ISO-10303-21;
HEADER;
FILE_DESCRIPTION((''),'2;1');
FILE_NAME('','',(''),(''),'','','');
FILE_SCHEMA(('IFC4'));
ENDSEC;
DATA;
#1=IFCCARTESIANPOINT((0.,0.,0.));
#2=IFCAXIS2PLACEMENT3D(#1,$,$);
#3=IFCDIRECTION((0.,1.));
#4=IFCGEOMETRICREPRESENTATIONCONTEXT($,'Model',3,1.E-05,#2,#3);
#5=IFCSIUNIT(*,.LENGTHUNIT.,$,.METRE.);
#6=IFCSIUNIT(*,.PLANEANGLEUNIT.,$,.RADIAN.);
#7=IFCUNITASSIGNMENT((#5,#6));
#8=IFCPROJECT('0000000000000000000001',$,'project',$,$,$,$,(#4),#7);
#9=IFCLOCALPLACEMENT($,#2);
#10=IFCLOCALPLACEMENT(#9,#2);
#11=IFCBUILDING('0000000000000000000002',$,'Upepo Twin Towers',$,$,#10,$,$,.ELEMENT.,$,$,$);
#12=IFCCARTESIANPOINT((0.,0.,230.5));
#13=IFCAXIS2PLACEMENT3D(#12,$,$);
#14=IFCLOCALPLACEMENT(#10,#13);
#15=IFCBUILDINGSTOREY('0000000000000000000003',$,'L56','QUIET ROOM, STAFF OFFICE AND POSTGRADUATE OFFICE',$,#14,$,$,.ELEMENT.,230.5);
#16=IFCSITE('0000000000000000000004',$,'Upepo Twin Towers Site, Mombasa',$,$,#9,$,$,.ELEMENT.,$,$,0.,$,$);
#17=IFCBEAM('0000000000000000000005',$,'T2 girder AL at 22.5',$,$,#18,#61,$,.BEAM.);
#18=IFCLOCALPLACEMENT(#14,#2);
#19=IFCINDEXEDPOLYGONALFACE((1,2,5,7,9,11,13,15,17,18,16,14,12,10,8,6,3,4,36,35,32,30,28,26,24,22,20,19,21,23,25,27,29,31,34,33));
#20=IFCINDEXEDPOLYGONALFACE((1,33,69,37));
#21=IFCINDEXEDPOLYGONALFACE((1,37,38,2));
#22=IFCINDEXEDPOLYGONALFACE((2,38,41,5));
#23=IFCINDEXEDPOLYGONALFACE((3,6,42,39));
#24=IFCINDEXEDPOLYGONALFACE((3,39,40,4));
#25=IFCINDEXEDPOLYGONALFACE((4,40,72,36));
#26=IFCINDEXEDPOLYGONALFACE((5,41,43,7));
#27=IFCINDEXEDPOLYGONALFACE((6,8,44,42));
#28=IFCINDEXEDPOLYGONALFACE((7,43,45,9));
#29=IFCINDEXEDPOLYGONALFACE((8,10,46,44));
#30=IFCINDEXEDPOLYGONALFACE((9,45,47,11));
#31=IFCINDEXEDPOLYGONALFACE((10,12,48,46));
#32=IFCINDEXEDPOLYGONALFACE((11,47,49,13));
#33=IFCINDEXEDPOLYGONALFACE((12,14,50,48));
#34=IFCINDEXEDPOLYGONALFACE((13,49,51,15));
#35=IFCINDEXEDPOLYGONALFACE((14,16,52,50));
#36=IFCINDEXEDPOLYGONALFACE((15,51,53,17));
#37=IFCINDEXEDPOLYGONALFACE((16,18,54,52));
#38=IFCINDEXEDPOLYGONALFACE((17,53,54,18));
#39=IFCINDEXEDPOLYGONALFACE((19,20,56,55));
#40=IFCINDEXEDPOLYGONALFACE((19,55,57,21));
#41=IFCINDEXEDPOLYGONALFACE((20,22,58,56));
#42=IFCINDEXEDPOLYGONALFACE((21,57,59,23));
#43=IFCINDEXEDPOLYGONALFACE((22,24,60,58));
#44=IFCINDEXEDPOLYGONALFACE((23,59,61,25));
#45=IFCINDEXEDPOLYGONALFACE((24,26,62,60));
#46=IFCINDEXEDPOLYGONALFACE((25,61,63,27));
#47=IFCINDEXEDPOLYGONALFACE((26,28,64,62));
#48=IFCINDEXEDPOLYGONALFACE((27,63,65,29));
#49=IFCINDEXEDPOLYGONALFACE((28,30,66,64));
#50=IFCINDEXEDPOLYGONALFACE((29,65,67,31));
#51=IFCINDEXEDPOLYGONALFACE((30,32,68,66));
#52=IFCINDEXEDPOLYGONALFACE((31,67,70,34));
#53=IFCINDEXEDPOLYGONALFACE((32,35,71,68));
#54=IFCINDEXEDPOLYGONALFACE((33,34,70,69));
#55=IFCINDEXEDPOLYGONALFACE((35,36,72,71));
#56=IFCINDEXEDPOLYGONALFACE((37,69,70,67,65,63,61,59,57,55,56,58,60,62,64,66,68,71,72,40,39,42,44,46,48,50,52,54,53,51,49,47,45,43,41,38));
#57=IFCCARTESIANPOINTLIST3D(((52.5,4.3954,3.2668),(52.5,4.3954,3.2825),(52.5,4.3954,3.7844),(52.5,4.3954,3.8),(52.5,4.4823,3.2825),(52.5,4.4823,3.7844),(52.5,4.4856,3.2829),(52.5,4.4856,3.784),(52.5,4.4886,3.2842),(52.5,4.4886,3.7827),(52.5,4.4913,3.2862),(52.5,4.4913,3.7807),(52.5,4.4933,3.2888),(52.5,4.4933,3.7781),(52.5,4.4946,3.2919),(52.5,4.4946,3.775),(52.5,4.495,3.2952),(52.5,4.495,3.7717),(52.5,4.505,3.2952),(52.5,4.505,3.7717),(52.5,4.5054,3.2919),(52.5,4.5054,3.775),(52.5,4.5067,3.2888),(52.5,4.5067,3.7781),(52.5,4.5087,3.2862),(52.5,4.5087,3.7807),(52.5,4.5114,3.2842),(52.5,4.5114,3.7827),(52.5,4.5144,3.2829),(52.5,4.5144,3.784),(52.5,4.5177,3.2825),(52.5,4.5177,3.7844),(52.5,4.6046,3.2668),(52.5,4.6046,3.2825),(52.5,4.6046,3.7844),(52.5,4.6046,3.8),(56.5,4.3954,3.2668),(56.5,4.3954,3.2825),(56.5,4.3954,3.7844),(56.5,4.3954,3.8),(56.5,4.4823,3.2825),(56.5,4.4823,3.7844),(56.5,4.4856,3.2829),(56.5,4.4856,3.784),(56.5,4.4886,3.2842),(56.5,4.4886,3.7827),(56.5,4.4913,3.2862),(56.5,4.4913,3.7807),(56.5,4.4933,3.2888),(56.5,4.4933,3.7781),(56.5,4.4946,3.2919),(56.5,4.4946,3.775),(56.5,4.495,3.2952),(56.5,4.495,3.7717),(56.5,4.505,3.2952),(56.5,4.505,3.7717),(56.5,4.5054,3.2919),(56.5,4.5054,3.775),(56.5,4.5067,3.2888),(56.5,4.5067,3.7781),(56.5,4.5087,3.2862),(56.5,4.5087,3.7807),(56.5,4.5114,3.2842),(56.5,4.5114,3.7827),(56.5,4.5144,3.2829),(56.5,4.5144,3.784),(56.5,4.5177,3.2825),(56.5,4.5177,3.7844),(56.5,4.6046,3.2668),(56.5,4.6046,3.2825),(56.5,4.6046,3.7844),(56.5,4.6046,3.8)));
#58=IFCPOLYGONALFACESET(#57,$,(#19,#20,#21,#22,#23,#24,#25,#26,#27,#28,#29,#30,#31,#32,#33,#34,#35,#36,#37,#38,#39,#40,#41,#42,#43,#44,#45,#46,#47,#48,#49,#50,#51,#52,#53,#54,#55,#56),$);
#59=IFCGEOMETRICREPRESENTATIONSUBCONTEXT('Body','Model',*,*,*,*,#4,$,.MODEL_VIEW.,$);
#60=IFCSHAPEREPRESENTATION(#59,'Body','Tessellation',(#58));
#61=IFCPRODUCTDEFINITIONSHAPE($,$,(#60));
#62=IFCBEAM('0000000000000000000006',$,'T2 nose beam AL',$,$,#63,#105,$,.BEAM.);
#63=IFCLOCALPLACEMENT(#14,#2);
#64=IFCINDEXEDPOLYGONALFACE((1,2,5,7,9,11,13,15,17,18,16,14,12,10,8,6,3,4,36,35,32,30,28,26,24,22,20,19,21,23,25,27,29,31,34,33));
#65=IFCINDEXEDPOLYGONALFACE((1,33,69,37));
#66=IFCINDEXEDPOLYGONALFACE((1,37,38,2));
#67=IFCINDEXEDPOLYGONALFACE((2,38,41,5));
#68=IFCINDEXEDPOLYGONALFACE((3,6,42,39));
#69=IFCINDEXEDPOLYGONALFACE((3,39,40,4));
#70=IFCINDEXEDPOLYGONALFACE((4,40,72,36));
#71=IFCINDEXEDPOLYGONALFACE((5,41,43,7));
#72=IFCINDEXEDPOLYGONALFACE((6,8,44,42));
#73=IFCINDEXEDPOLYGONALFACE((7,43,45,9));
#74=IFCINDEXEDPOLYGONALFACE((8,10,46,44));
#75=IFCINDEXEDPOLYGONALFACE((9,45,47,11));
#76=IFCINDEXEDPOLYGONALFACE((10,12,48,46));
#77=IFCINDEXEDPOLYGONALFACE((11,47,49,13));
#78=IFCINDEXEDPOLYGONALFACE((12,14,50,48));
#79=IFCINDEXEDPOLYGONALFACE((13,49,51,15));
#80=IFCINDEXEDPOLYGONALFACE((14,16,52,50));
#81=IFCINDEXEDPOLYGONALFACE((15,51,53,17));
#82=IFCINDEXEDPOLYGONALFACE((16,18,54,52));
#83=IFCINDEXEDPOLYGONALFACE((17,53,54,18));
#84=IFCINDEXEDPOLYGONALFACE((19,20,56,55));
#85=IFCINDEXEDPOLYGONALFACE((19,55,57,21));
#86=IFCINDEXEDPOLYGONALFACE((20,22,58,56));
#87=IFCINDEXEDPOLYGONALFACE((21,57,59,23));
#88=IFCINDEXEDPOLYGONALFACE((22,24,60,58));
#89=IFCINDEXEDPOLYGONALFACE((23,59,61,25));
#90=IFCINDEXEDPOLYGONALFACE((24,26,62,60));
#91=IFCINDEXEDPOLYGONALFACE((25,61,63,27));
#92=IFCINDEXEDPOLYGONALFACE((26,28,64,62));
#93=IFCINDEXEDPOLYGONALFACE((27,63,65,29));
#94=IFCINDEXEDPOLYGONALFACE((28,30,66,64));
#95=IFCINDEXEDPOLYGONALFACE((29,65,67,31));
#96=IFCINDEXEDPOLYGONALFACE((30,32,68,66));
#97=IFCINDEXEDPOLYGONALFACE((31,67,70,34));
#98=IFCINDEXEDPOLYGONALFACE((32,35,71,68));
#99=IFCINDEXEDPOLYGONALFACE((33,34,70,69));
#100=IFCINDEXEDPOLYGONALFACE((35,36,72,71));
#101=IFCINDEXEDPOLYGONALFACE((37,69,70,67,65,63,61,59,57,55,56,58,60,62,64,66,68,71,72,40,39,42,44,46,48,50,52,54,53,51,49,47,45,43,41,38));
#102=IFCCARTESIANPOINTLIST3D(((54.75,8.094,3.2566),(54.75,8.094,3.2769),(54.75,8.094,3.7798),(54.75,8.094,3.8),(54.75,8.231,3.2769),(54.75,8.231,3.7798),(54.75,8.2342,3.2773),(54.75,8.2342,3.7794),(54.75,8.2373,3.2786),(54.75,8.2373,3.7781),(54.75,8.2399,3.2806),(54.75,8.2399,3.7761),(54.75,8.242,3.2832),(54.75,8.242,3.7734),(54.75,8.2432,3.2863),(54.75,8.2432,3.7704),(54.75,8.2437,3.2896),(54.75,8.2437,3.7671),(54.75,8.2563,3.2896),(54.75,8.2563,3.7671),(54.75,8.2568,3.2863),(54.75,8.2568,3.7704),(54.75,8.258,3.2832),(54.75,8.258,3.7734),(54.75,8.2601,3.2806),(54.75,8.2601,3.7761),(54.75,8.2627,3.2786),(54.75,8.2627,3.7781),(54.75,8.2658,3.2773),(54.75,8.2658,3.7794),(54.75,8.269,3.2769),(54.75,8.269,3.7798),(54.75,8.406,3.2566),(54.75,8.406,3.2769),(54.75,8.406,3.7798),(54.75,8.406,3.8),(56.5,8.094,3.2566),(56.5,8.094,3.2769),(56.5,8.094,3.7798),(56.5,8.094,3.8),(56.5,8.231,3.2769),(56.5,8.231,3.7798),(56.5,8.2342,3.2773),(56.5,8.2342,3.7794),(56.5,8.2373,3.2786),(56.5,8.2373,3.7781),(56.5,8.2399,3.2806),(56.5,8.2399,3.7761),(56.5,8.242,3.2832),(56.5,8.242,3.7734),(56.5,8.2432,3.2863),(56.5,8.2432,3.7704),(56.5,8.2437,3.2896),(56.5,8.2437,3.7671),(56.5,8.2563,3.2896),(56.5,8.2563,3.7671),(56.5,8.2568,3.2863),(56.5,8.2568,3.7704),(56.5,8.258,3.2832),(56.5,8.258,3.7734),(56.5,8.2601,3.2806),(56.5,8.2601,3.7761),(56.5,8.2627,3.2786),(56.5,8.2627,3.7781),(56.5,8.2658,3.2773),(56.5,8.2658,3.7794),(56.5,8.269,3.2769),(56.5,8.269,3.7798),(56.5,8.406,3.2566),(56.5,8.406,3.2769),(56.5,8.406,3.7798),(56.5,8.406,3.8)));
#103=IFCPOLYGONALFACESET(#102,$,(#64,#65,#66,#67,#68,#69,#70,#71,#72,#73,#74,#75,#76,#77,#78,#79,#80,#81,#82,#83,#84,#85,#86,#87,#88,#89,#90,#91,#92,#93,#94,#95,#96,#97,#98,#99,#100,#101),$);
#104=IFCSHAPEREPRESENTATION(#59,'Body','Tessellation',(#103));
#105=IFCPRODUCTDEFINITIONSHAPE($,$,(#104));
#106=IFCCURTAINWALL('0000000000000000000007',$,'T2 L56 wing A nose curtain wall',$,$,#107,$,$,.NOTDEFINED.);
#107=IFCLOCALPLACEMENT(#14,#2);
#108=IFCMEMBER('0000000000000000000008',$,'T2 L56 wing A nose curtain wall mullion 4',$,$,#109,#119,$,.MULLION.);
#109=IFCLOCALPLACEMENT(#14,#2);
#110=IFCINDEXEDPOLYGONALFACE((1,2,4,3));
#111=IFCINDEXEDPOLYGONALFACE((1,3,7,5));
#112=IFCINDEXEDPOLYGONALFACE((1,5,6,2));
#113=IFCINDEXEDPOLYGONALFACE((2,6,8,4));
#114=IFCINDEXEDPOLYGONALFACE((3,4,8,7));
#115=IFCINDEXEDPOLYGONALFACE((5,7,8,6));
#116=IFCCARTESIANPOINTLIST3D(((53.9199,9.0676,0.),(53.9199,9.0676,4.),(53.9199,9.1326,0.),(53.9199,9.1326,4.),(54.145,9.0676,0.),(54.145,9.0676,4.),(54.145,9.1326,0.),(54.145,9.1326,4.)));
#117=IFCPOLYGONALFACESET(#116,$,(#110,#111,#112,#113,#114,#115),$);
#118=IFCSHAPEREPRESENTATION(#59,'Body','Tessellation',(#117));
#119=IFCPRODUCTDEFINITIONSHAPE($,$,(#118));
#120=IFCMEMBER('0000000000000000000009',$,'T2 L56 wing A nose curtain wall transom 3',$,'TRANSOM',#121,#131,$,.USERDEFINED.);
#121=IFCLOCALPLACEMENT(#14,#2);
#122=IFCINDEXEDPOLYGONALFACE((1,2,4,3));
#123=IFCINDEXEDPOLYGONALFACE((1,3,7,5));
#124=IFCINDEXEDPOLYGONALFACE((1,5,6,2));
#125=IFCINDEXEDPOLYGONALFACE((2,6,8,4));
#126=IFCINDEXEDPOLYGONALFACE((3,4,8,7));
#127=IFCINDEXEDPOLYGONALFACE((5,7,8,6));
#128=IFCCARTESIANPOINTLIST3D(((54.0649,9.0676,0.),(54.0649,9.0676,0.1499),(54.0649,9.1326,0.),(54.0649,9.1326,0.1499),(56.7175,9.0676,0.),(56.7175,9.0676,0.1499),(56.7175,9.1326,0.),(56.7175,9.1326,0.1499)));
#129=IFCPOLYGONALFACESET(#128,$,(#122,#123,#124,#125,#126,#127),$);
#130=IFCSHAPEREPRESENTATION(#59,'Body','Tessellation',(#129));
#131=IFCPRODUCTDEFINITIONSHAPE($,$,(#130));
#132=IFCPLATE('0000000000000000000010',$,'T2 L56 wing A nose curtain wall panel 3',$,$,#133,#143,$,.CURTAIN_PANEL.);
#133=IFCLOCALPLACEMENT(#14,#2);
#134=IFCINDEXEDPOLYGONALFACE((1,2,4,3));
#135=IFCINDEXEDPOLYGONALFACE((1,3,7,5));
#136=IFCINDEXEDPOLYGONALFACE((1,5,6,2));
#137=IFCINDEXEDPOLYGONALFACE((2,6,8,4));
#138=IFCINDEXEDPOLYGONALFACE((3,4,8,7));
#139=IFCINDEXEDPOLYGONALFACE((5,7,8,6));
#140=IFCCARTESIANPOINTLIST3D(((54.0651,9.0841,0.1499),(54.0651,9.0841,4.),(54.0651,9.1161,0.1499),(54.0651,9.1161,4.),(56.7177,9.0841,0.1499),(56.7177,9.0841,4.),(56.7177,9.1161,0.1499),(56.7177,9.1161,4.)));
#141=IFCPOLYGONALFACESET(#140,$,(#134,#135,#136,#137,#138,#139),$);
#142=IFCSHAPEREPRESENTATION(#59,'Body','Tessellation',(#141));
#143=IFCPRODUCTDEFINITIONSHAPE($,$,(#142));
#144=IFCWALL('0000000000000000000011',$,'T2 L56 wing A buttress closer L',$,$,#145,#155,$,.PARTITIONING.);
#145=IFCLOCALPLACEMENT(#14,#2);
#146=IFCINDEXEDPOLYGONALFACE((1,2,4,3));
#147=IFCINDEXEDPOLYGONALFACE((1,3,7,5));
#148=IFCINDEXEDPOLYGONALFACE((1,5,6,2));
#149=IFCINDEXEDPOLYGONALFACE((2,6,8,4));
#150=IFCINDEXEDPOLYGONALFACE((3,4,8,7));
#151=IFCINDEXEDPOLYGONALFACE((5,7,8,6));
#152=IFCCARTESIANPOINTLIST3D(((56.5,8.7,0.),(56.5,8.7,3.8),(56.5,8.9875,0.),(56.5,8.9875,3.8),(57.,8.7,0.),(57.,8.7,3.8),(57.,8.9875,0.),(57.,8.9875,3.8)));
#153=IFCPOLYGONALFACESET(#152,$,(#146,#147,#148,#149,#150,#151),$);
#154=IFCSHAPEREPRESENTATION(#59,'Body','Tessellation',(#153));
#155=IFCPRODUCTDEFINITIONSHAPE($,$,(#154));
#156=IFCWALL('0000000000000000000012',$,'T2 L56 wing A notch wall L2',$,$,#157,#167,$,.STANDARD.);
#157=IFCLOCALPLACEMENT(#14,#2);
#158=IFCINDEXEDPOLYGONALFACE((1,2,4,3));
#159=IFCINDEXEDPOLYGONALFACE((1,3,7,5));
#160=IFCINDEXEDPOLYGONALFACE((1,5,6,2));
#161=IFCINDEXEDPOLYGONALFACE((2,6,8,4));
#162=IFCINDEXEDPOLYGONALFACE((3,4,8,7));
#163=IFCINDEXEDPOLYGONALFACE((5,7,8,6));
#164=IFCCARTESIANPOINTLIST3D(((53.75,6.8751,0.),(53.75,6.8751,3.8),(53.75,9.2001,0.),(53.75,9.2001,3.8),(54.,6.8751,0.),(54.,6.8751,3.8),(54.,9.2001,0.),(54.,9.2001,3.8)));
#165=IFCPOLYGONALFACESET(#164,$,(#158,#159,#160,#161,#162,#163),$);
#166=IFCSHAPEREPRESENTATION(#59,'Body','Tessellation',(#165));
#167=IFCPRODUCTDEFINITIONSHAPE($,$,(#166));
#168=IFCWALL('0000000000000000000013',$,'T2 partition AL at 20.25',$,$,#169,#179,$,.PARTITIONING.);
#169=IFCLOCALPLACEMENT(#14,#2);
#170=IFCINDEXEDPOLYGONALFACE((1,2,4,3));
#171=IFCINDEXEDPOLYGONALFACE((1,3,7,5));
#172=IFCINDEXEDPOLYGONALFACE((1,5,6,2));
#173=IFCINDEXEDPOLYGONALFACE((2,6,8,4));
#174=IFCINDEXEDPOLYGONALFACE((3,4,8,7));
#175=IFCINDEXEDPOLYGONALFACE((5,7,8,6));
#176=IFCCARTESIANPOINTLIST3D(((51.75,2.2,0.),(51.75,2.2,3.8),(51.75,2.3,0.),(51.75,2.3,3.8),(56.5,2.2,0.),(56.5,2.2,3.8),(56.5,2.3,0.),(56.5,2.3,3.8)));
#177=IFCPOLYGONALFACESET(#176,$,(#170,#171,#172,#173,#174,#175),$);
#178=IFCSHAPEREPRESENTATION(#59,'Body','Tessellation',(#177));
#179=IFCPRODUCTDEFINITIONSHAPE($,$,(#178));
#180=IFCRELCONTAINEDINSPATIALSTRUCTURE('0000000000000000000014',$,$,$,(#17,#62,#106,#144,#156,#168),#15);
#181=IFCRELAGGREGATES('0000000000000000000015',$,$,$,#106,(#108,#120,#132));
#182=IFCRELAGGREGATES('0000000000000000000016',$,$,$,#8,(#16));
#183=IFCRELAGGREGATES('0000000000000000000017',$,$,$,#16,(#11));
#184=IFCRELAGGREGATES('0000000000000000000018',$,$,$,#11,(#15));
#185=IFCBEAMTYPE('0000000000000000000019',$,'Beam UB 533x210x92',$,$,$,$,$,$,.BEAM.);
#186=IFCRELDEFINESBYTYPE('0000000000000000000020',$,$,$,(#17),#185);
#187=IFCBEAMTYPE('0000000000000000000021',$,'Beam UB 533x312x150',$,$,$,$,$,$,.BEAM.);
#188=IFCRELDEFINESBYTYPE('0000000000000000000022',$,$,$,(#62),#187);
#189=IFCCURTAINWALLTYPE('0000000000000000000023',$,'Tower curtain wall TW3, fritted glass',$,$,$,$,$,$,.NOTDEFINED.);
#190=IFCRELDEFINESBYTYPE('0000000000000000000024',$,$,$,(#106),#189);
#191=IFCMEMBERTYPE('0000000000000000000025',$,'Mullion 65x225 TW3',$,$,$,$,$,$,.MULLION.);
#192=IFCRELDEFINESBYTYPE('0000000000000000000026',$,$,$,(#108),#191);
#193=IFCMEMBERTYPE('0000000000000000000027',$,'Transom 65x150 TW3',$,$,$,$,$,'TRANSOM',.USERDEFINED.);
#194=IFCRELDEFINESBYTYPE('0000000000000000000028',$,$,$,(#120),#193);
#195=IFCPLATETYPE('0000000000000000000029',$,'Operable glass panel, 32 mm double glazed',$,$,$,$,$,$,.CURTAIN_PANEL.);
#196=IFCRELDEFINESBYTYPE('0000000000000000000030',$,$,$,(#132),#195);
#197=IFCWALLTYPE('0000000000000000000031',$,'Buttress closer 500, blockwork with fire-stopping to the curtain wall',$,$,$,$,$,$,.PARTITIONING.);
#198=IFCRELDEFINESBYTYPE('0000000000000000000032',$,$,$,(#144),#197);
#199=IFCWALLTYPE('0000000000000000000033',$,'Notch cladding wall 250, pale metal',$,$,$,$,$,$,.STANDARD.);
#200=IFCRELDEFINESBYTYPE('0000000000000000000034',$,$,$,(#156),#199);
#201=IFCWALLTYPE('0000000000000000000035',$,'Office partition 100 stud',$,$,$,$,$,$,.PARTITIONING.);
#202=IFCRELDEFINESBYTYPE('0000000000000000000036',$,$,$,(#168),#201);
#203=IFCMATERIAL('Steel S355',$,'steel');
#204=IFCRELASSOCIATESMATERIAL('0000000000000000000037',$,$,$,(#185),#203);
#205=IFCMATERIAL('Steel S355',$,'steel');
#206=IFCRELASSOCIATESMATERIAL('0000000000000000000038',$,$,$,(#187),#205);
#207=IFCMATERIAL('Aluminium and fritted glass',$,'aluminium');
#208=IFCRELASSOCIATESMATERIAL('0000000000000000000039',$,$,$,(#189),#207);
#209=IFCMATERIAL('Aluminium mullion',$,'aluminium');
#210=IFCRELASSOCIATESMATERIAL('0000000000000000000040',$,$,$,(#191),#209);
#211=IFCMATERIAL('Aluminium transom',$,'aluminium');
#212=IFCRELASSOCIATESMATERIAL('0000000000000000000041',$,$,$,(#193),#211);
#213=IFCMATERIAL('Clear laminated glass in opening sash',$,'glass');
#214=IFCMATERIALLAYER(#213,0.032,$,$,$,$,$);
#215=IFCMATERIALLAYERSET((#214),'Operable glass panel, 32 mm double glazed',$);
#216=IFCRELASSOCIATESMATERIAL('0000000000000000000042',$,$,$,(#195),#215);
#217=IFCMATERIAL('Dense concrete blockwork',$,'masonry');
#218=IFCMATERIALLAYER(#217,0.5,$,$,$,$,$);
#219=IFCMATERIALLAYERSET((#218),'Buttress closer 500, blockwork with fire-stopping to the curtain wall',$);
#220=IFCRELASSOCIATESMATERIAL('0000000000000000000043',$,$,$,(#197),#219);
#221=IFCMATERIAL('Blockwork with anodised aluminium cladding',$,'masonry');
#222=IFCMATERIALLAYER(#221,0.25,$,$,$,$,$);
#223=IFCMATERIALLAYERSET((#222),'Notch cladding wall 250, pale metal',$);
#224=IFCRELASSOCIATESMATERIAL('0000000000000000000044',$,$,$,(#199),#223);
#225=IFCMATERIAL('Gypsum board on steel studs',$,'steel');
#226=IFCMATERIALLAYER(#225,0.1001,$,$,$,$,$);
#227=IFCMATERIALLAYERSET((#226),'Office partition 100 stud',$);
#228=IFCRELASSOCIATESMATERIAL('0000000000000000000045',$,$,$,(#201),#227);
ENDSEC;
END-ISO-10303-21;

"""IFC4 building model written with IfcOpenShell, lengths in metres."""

from ifc_helpers import new_model, si_unit, direction, frame, frame_2d, origin, origin_2d, place, context, subcontext, project, spatial, rectangle, i_section, extrude, material, layer, layer_set, material_profile, profile_set, type_object, element, aggregate, save


model = new_model("IFC4")

# Units and contexts
model_context = context("Model", 3, precision=1e-05, world=origin(), true_north=direction((0.0, 1.0)))
body_context = subcontext(model_context, "Body", "Model", "MODEL_VIEW")
ifc_project = project(units=[si_unit("LENGTHUNIT", "METRE"), si_unit("PLANEANGLEUNIT", "RADIAN")], contexts=[model_context])

# Site, building, storey
site_placement = place(None, origin())
site = spatial("IfcSite", under=ifc_project, at=site_placement, Name="Upepo Twin Towers Site, Mombasa", CompositionType="ELEMENT", RefElevation=0.0)
building_placement = place(site_placement, origin())
building = spatial("IfcBuilding", under=site, at=building_placement, Name="Upepo Twin Towers", CompositionType="ELEMENT")
storey_placement = place(building_placement, frame((0.0, 0.0, 230.5)))
storey = spatial("IfcBuildingStorey", under=building, at=storey_placement, Name="L56", Description="QUIET ROOM, STAFF OFFICE AND POSTGRADUATE OFFICE", CompositionType="ELEMENT", Elevation=230.5)

# Beams
ifc_material_1 = material(Name="Steel S355", Category="steel")
ifc_material_profile_1 = material_profile(ifc_material_1, i_section(OverallWidth=0.2092, OverallDepth=0.5332, WebThickness=0.01, FlangeThickness=0.0156, FilletRadius=0.0127, at=origin_2d()), Name="UB 533x210x92")
ifc_profile_set_1 = profile_set([ifc_material_profile_1], Name="Steel S355")
beam_type_1 = type_object("IfcBeamType", Name="Beam UB 533x210x92", PredefinedType="BEAM", material=ifc_profile_set_1)
for number, where, z_axis, x_axis, name in (
    (1, (52.5, 4.5, 3.5334), (1.0, 0.0, 0.0), (0.0, 1.0, 0.0), "T2 girder AL at 22.5"),
):
    element("IfcBeam", number, at=place(storey_placement, frame(where, z_axis=z_axis, x_axis=x_axis)), inside=storey, type_object=beam_type_1, Name=name, PredefinedType="BEAM", context=body_context, shape_type="SweptSolid", body=[
        extrude(i_section(OverallWidth=0.2092, OverallDepth=0.5332, WebThickness=0.01, FlangeThickness=0.0156, FilletRadius=0.0127, at=origin_2d()), origin(), (0.0, 0.0, 1.0), 4.0),
    ])
ifc_material_2 = material(Name="Steel S355", Category="steel")
ifc_material_profile_2 = material_profile(ifc_material_2, i_section(OverallWidth=0.312, OverallDepth=0.5435, WebThickness=0.0127, FlangeThickness=0.0203, FilletRadius=0.0127, at=origin_2d()), Name="UB 533x312x150")
ifc_profile_set_2 = profile_set([ifc_material_profile_2], Name="Steel S355")
beam_type_2 = type_object("IfcBeamType", Name="Beam UB 533x312x150", PredefinedType="BEAM", material=ifc_profile_set_2)
beam_1_placement = place(storey_placement, frame((54.75, 8.25, 3.5283), z_axis=(1.0, 0.0, 0.0), x_axis=(0.0, 1.0, 0.0)))
element("IfcBeam", 2, at=beam_1_placement, inside=storey, type_object=beam_type_2, Name="T2 nose beam AL", PredefinedType="BEAM", context=body_context, shape_type="SweptSolid", body=[
    extrude(i_section(OverallWidth=0.312, OverallDepth=0.5435, WebThickness=0.0127, FlangeThickness=0.0203, FilletRadius=0.0127, at=origin_2d()), origin(), (0.0, 0.0, 1.0), 1.75),
])

# Curtain wall, members, plate
ifc_material_3 = material(Name="Aluminium and fritted glass", Category="aluminium")
curtain_wall_type = type_object("IfcCurtainWallType", Name="Tower curtain wall TW3, fritted glass", PredefinedType="NOTDEFINED", material=ifc_material_3)
curtain_wall_placement = place(storey_placement, origin())
curtain_wall = element("IfcCurtainWall", 3, at=curtain_wall_placement, inside=storey, type_object=curtain_wall_type, Name="T2 L56 wing A nose curtain wall", PredefinedType="NOTDEFINED")
ifc_material_4 = material(Name="Aluminium mullion", Category="aluminium")
ifc_material_profile_3 = material_profile(ifc_material_4, rectangle(XDim=0.0649, YDim=0.2251, at=origin_2d()), Name="MULLION 65x225")
ifc_profile_set_3 = profile_set([ifc_material_profile_3], Name="Aluminium mullion")
member_type_1 = type_object("IfcMemberType", Name="Mullion 65x225 TW3", PredefinedType="MULLION", material=ifc_profile_set_3)
member_1_placement = place(storey_placement, frame((54.0325, 9.1001, 0.0), z_axis=(0.0, 0.0, 1.0), x_axis=(0.0, -1.0, 0.0)))
member_1 = element("IfcMember", 4, at=member_1_placement, type_object=member_type_1, Name="T2 L56 wing A nose curtain wall mullion 4", PredefinedType="MULLION", context=body_context, shape_type="SweptSolid", body=[
    extrude(rectangle(XDim=0.0649, YDim=0.2251, at=origin_2d()), origin(), (0.0, 0.0, 1.0), 4.0),
])
ifc_material_5 = material(Name="Aluminium transom", Category="aluminium")
ifc_material_profile_4 = material_profile(ifc_material_5, rectangle(XDim=0.0649, YDim=0.1499, at=origin_2d()), Name="TRANSOM 65x150")
ifc_profile_set_4 = profile_set([ifc_material_profile_4], Name="Aluminium transom")
member_type_2 = type_object("IfcMemberType", Name="Transom 65x150 TW3", ElementType="TRANSOM", PredefinedType="USERDEFINED", material=ifc_profile_set_4)
member_2_placement = place(storey_placement, frame((56.7175, 9.1001, 0.075), z_axis=(-1.0, 0.0, 0.0), x_axis=(0.0, -1.0, 0.0)))
member_2 = element("IfcMember", 5, at=member_2_placement, type_object=member_type_2, Name="T2 L56 wing A nose curtain wall transom 3", ObjectType="TRANSOM", PredefinedType="USERDEFINED", context=body_context, shape_type="SweptSolid", body=[
    extrude(rectangle(XDim=0.0649, YDim=0.1499, at=origin_2d()), origin(), (0.0, 0.0, 1.0), 2.6526),
])
ifc_material_6 = material(Name="Clear laminated glass in opening sash", Category="glass")
ifc_layer_1 = layer(ifc_material_6, 0.032)
ifc_layer_set_1 = layer_set([ifc_layer_1], Name="Operable glass panel, 32 mm double glazed")
plate_type = type_object("IfcPlateType", Name="Operable glass panel, 32 mm double glazed", PredefinedType="CURTAIN_PANEL", material=ifc_layer_set_1)
plate_placement = place(storey_placement, frame((55.3914, 9.1001, 0.1499), z_axis=(0.0, 0.0, 1.0), x_axis=(-1.0, 0.0, 0.0)))
plate = element("IfcPlate", 6, at=plate_placement, type_object=plate_type, Name="T2 L56 wing A nose curtain wall panel 3", PredefinedType="CURTAIN_PANEL", context=body_context, shape_type="SweptSolid", body=[
    extrude(rectangle(XDim=2.6526, YDim=0.032, at=origin_2d()), origin(), (0.0, 0.0, 1.0), 3.8501),
])
aggregate(curtain_wall, [member_1, member_2, plate])

# Walls
ifc_material_7 = material(Name="Dense concrete blockwork", Category="masonry")
ifc_layer_2 = layer(ifc_material_7, 0.5)
ifc_layer_set_2 = layer_set([ifc_layer_2], Name="Buttress closer 500, blockwork with fire-stopping to the curtain wall")
wall_type_1 = type_object("IfcWallType", Name="Buttress closer 500, blockwork with fire-stopping to the curtain wall", PredefinedType="PARTITIONING", material=ifc_layer_set_2)
wall_1_placement = place(storey_placement, frame((56.75, 8.7, 0.0), z_axis=(0.0, 0.0, 1.0), x_axis=(0.0, 1.0, 0.0)))
element("IfcWall", 7, at=wall_1_placement, inside=storey, type_object=wall_type_1, Name="T2 L56 wing A buttress closer L", PredefinedType="PARTITIONING", context=body_context, shape_type="SweptSolid", body=[
    extrude(rectangle(XDim=0.2876, YDim=0.5, at=frame_2d((0.1438, 0.0))), origin(), (0.0, 0.0, 1.0), 3.8),
])
ifc_material_8 = material(Name="Blockwork with anodised aluminium cladding", Category="masonry")
ifc_layer_3 = layer(ifc_material_8, 0.25)
ifc_layer_set_3 = layer_set([ifc_layer_3], Name="Notch cladding wall 250, pale metal")
wall_type_2 = type_object("IfcWallType", Name="Notch cladding wall 250, pale metal", PredefinedType="STANDARD", material=ifc_layer_set_3)
wall_2_placement = place(storey_placement, frame((53.875, 6.875, 0.0), z_axis=(0.0, 0.0, 1.0), x_axis=(0.0, 1.0, 0.0)))
element("IfcWall", 8, at=wall_2_placement, inside=storey, type_object=wall_type_2, Name="T2 L56 wing A notch wall L2", PredefinedType="STANDARD", context=body_context, shape_type="SweptSolid", body=[
    extrude(rectangle(XDim=2.325, YDim=0.25, at=frame_2d((1.1626, 0.0))), origin(), (0.0, 0.0, 1.0), 3.8),
])
ifc_material_9 = material(Name="Gypsum board on steel studs", Category="steel")
ifc_layer_4 = layer(ifc_material_9, 0.1001)
ifc_layer_set_4 = layer_set([ifc_layer_4], Name="Office partition 100 stud")
wall_type_3 = type_object("IfcWallType", Name="Office partition 100 stud", PredefinedType="PARTITIONING", material=ifc_layer_set_4)
wall_3_placement = place(storey_placement, frame((56.5, 2.25, 0.0), z_axis=(0.0, 0.0, 1.0), x_axis=(-1.0, 0.0, 0.0)))
element("IfcWall", 9, at=wall_3_placement, inside=storey, type_object=wall_type_3, Name="T2 partition AL at 20.25", PredefinedType="PARTITIONING", context=body_context, shape_type="SweptSolid", body=[
    extrude(rectangle(XDim=4.75, YDim=0.1001, at=frame_2d((2.375, 0.0))), origin(), (0.0, 0.0, 1.0), 3.8),
])

save(model, "model.ifc")
